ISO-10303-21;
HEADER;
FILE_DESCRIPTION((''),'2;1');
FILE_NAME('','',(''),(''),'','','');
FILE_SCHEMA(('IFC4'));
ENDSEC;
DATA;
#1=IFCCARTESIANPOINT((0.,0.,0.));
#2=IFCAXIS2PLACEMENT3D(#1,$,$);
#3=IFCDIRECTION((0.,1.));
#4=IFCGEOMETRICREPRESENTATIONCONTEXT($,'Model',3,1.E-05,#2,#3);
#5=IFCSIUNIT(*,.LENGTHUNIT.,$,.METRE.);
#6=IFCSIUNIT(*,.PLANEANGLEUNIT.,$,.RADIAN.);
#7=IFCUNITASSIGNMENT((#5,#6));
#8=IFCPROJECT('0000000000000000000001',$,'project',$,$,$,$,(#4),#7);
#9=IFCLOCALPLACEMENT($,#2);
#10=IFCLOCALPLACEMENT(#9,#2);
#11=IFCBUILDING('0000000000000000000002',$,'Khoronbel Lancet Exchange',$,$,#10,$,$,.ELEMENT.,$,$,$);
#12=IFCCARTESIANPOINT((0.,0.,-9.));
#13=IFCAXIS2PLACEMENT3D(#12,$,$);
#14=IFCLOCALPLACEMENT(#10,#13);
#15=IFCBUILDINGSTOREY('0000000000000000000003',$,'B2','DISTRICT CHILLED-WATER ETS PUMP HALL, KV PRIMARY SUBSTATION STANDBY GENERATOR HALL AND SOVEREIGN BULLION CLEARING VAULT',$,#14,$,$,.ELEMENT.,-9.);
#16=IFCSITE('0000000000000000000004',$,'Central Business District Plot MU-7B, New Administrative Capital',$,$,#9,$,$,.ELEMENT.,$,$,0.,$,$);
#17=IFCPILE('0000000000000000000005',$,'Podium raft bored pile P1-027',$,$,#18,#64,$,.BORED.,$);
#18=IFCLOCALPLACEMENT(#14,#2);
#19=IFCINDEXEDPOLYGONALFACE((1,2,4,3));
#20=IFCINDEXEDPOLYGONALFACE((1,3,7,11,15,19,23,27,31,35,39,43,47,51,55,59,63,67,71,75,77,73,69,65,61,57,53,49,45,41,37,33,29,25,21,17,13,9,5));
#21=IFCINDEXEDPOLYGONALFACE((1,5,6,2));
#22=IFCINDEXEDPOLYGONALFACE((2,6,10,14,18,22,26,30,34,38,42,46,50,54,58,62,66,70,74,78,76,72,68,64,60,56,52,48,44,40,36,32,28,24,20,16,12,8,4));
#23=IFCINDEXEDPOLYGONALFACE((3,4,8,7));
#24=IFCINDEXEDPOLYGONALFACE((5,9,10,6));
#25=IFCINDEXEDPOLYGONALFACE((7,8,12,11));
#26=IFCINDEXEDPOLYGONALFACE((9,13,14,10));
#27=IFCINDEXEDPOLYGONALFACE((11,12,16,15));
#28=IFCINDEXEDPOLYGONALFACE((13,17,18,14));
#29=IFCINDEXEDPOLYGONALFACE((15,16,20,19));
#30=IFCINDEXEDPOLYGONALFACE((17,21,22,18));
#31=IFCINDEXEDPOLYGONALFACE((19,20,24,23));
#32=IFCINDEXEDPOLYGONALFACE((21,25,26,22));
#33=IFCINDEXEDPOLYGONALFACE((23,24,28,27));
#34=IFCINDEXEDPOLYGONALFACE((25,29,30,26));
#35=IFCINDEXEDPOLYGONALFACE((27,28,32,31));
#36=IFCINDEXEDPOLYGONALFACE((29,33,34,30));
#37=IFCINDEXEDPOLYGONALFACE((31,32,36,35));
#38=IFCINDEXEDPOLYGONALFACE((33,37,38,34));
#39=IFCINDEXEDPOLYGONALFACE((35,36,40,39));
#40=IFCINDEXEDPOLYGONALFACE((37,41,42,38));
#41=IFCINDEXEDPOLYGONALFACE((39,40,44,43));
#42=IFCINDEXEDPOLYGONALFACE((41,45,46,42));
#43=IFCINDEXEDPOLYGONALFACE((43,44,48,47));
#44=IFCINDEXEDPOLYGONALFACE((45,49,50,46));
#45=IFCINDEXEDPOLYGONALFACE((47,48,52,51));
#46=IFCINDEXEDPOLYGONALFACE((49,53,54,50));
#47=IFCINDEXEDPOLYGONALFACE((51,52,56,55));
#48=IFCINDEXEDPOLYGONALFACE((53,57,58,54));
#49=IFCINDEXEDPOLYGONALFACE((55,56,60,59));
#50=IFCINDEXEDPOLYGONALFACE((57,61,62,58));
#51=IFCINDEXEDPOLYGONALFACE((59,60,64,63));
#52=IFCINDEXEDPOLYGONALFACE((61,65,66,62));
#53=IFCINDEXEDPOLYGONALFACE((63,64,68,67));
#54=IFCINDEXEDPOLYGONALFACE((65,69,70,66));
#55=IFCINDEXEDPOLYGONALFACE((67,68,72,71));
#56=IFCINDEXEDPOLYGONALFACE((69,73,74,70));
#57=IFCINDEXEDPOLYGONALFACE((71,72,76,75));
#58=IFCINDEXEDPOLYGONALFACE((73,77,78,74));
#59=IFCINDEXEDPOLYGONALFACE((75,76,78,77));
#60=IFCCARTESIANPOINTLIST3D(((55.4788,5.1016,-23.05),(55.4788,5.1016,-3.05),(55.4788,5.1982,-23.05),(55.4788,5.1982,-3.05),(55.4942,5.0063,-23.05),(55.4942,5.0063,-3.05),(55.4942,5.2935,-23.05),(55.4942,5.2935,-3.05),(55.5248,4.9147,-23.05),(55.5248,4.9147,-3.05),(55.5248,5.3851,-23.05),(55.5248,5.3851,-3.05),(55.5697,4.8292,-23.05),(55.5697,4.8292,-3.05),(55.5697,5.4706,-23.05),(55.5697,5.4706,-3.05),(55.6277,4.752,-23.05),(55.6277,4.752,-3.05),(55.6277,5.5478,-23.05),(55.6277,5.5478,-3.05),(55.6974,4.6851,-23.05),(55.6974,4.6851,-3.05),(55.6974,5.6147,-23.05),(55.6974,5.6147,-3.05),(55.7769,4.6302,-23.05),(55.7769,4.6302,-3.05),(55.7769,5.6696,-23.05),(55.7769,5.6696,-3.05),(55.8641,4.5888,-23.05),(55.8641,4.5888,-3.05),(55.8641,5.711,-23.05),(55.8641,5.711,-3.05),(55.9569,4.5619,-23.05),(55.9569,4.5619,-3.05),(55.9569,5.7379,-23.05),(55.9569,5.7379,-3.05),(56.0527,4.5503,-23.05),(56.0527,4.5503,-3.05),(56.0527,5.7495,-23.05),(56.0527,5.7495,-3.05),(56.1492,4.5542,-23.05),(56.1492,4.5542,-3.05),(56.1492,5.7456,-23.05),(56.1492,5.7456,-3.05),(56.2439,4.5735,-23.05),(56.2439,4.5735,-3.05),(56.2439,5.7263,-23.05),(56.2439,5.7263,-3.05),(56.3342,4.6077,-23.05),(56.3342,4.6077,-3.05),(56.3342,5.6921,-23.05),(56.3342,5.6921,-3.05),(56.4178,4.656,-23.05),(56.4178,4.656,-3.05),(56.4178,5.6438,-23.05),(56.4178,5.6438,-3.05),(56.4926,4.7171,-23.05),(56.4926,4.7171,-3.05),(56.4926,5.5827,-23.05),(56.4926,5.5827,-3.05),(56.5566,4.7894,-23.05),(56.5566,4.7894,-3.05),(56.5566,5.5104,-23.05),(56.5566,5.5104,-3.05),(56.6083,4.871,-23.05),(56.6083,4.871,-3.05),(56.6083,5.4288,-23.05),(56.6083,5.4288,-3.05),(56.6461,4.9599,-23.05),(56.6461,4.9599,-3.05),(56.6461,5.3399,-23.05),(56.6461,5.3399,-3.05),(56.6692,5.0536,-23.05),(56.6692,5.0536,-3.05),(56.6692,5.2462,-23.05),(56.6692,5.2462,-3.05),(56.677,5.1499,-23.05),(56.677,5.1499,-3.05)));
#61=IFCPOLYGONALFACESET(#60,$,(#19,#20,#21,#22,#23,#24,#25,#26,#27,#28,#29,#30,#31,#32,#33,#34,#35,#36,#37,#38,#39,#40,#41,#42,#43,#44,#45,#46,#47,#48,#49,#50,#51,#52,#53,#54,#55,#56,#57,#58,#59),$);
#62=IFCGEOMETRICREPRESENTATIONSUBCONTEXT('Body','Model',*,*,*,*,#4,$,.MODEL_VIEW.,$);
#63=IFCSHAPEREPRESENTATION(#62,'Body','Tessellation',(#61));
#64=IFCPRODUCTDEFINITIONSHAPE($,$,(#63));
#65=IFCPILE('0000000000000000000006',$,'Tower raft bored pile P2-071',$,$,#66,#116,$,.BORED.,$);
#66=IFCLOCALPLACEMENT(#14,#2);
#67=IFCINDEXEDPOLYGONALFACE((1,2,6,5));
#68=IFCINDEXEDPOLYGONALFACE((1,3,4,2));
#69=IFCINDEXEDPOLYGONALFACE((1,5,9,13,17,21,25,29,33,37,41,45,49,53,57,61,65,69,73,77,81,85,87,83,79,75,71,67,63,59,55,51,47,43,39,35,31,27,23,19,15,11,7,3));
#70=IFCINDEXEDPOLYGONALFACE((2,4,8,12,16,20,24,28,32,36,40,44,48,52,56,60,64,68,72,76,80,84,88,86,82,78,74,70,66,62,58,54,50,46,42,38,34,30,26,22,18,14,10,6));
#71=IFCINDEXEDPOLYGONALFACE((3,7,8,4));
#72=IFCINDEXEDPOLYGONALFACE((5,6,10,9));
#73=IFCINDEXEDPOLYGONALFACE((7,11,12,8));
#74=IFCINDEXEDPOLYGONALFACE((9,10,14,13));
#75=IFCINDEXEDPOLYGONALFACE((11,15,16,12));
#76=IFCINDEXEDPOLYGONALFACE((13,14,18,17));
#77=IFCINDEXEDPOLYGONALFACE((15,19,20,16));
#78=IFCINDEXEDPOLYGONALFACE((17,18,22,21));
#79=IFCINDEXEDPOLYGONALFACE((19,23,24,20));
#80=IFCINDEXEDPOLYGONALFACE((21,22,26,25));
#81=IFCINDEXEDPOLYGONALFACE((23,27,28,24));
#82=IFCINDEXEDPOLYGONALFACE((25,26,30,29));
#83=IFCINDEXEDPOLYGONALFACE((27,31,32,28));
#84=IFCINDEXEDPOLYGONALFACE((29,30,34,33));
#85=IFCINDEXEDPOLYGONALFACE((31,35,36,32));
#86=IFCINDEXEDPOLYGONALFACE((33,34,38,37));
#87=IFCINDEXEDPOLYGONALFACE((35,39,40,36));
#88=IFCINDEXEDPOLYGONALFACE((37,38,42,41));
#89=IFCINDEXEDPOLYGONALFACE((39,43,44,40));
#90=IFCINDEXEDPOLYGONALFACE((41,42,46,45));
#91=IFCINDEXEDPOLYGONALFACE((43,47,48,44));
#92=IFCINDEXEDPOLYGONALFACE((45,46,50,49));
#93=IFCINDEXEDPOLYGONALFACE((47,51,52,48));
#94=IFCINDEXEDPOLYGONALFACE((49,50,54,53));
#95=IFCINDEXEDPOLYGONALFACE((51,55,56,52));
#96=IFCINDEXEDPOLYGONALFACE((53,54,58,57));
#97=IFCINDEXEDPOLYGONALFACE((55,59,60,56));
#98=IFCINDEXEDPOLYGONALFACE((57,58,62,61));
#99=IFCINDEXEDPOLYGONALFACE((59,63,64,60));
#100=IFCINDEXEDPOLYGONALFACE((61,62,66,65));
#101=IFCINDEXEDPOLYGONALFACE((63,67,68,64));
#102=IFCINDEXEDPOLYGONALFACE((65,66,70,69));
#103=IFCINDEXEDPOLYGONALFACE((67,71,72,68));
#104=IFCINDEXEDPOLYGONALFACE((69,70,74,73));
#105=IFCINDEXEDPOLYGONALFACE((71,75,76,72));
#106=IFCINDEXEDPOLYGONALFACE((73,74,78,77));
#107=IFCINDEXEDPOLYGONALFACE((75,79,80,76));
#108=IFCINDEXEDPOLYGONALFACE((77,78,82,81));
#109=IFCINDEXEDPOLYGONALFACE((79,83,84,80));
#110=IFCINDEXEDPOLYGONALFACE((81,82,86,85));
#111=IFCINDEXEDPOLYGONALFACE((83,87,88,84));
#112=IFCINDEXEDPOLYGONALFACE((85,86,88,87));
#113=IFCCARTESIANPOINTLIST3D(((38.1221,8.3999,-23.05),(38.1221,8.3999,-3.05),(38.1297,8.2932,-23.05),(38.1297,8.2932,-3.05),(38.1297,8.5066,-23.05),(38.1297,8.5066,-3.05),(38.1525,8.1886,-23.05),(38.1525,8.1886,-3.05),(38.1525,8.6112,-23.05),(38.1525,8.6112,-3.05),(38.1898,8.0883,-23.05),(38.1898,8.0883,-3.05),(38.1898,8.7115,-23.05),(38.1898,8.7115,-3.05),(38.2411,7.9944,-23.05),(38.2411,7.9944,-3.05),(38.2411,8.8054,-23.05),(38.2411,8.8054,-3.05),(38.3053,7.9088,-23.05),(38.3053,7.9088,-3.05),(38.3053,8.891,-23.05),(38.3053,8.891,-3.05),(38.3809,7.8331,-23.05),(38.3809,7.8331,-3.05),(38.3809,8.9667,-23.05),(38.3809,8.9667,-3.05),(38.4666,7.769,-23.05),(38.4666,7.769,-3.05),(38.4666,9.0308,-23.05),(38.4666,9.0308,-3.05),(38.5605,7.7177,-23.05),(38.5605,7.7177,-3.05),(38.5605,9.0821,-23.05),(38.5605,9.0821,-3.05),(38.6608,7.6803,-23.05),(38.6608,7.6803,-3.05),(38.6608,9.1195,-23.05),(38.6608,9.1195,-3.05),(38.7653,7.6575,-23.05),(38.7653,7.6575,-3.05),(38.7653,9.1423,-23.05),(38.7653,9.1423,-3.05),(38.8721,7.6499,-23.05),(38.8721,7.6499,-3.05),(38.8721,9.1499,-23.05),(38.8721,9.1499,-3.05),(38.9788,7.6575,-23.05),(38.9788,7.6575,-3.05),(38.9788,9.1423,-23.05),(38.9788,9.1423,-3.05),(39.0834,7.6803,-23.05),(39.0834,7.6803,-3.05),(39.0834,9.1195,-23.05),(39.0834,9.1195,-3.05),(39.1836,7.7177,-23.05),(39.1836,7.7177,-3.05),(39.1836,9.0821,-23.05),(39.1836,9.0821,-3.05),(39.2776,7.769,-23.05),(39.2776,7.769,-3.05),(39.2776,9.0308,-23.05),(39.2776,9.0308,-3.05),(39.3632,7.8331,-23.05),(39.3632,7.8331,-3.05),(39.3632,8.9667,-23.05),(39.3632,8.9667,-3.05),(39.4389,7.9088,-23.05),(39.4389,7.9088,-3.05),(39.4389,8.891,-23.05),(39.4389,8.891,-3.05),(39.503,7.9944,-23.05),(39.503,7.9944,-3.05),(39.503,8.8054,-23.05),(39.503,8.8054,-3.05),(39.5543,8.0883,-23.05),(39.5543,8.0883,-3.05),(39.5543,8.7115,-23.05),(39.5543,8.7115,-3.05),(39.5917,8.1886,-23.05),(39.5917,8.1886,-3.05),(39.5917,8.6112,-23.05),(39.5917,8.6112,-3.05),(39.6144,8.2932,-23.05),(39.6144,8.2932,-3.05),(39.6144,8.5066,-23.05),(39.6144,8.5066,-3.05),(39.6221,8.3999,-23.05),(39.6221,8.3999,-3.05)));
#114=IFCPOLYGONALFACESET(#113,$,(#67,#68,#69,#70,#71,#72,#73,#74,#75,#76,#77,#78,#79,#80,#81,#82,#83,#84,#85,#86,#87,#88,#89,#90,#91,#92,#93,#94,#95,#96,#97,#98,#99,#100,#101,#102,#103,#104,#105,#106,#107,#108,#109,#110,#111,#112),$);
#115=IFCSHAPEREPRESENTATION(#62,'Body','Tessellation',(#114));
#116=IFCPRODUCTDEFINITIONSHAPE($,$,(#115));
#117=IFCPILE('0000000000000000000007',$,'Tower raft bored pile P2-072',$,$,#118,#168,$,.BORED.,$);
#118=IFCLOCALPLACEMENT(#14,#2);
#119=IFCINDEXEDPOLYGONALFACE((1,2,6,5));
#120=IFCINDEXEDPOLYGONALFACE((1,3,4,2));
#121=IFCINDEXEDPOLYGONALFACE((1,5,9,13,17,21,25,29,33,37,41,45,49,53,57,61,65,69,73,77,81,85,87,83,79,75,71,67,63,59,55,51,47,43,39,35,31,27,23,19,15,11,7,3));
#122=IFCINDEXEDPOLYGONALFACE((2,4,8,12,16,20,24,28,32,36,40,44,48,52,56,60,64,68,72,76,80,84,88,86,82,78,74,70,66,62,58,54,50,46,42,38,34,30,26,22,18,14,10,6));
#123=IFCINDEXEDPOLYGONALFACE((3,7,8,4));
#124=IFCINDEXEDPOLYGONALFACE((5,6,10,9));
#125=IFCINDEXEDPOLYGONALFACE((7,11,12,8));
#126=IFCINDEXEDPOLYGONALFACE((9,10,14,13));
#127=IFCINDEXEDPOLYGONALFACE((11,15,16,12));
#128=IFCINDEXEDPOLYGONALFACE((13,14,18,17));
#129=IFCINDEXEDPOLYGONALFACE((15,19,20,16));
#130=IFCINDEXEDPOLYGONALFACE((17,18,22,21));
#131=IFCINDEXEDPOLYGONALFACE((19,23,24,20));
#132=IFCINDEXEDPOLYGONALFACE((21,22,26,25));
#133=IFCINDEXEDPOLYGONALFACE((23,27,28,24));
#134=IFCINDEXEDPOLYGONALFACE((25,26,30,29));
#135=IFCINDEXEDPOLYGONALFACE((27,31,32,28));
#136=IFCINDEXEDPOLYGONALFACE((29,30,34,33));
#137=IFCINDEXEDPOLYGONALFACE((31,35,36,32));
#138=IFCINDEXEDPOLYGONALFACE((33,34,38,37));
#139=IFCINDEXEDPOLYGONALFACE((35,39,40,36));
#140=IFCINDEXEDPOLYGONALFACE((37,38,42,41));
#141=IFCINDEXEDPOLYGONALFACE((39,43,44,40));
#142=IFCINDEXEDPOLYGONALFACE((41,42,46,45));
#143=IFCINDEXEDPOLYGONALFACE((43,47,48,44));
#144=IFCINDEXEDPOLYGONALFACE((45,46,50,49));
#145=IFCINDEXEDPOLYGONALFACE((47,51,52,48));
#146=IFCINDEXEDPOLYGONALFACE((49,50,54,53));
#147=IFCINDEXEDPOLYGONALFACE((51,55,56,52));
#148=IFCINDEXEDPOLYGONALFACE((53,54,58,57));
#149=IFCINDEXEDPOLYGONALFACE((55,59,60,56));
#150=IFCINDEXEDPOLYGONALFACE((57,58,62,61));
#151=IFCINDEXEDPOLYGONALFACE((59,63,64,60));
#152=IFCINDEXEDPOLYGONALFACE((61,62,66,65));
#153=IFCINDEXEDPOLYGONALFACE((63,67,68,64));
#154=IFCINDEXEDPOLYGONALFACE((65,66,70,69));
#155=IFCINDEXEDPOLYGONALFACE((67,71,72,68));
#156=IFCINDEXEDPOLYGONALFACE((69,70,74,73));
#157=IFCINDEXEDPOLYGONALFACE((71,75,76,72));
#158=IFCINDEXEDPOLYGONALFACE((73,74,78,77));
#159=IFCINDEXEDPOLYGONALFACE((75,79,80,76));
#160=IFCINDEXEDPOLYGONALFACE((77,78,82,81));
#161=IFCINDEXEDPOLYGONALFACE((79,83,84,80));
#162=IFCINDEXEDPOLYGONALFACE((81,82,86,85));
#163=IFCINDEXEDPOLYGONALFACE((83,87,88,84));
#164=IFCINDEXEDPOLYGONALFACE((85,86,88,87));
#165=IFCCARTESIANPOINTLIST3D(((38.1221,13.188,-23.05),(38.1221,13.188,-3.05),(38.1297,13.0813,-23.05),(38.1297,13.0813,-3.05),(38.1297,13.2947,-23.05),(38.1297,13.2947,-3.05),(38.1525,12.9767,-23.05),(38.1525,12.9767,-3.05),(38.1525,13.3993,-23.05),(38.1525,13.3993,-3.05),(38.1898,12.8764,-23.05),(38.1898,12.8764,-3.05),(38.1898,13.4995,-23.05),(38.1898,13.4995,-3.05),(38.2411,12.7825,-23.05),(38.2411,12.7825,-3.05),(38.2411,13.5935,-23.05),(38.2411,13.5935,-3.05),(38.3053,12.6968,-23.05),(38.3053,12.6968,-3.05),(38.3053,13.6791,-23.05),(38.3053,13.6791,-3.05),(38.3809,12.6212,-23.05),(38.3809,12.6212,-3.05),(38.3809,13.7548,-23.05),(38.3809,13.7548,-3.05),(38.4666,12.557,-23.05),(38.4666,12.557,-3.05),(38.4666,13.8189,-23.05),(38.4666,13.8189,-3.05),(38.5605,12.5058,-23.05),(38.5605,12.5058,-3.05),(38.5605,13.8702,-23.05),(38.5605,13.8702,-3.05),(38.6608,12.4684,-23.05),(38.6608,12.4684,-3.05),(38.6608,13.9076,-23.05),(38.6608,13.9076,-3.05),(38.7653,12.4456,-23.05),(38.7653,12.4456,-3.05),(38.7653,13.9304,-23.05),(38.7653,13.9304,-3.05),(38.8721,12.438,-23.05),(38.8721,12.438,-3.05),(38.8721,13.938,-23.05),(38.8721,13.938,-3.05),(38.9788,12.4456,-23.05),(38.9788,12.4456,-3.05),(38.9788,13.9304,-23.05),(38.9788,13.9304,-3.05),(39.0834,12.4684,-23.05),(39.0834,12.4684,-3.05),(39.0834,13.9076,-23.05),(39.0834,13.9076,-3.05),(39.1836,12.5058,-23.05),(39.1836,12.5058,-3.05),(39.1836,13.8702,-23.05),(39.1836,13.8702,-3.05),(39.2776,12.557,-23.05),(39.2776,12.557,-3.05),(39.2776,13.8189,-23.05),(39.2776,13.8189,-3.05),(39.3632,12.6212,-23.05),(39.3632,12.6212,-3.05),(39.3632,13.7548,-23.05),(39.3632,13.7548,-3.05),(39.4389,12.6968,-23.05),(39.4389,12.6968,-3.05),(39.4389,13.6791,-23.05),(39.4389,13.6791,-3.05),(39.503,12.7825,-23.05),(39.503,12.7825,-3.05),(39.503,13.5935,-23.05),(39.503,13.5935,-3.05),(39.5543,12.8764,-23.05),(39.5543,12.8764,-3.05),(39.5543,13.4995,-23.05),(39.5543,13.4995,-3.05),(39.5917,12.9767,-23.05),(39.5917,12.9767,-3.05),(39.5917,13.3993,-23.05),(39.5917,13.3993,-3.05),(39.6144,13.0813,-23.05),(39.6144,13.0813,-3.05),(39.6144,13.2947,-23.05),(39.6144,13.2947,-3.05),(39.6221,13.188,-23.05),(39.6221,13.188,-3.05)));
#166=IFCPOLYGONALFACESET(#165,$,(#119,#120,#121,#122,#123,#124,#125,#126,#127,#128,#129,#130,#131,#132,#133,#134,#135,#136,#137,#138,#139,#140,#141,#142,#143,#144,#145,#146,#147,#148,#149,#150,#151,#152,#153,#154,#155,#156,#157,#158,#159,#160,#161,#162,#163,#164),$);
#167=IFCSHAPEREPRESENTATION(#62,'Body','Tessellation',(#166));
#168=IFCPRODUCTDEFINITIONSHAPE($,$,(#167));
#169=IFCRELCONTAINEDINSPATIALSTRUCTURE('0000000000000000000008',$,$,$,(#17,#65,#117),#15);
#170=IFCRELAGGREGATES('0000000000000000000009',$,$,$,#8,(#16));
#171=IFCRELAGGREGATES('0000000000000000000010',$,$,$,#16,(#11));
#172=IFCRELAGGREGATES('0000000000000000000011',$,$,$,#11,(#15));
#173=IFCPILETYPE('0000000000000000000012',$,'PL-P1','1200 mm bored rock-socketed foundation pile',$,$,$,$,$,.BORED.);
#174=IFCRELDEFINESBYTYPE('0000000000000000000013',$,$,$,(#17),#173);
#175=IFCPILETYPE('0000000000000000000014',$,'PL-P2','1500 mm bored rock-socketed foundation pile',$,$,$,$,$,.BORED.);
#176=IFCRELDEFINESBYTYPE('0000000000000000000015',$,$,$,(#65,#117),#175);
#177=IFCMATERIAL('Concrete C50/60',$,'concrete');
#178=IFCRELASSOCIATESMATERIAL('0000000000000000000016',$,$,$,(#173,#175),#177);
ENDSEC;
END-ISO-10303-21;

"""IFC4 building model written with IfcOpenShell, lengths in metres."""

from ifc_helpers import new_model, si_unit, direction, frame, origin, origin_2d, place, context, subcontext, project, spatial, circle, extrude, material, material_profile, profile_set, type_object, element, save


model = new_model("IFC4")

# Units and contexts
model_context = context("Model", 3, precision=1e-05, world=origin(), true_north=direction((0.0, 1.0)))
body_context = subcontext(model_context, "Body", "Model", "MODEL_VIEW")
ifc_project = project(units=[si_unit("LENGTHUNIT", "METRE"), si_unit("PLANEANGLEUNIT", "RADIAN")], contexts=[model_context])

# Site, building, storey
site_placement = place(None, origin())
site = spatial("IfcSite", under=ifc_project, at=site_placement, Name="Central Business District Plot MU-7B, New Administrative Capital", CompositionType="ELEMENT", RefElevation=0.0)
building_placement = place(site_placement, origin())
building = spatial("IfcBuilding", under=site, at=building_placement, Name="Khoronbel Lancet Exchange", CompositionType="ELEMENT")
storey_placement = place(building_placement, frame((0.0, 0.0, -9.0)))
storey = spatial("IfcBuildingStorey", under=building, at=storey_placement, Name="B2", Description="DISTRICT CHILLED-WATER ETS PUMP HALL, KV PRIMARY SUBSTATION STANDBY GENERATOR HALL AND SOVEREIGN BULLION CLEARING VAULT", CompositionType="ELEMENT", Elevation=-9.0)

# Piles
ifc_material_1 = material(Name="Concrete C50/60", Category="concrete")
ifc_material_profile_1 = material_profile(ifc_material_1, circle(Radius=0.6001, at=origin_2d()), Name="BORED PILE D1200")
ifc_profile_set_1 = profile_set([ifc_material_profile_1], Name="Concrete C50/60")
pile_type_1 = type_object("IfcPileType", Name="PL-P1", Description="1200 mm bored rock-socketed foundation pile", PredefinedType="BORED", material=ifc_profile_set_1)
for number, where, z_axis, x_axis, name in (
    (1, (56.0769, 5.1499, -3.05), (0.0, 0.0, -1.0), (1.0, 0.0, 0.0), "Podium raft bored pile P1-027"),
):
    element("IfcPile", number, at=place(storey_placement, frame(where, z_axis=z_axis, x_axis=x_axis)), inside=storey, type_object=pile_type_1, Name=name, PredefinedType="BORED", context=body_context, shape_type="SweptSolid", body=[
        extrude(circle(Radius=0.6001, at=origin_2d()), origin(), (0.0, 0.0, 1.0), 20.0),
    ])
ifc_material_profile_2 = material_profile(ifc_material_1, circle(Radius=0.75, at=origin_2d()), Name="BORED PILE D1500")
ifc_profile_set_2 = profile_set([ifc_material_profile_2], Name="Concrete C50/60")
pile_type_2 = type_object("IfcPileType", Name="PL-P2", Description="1500 mm bored rock-socketed foundation pile", PredefinedType="BORED", material=ifc_profile_set_2)
for number, where, z_axis, x_axis, name in (
    (2, (38.8721, 8.3999, -3.05), (0.0, 0.0, -1.0), (1.0, 0.0, 0.0), "Tower raft bored pile P2-071"),
    (3, (38.8721, 13.188, -3.05), (0.0, 0.0, -1.0), (1.0, 0.0, 0.0), "Tower raft bored pile P2-072"),
):
    element("IfcPile", number, at=place(storey_placement, frame(where, z_axis=z_axis, x_axis=x_axis)), inside=storey, type_object=pile_type_2, Name=name, PredefinedType="BORED", context=body_context, shape_type="SweptSolid", body=[
        extrude(circle(Radius=0.75, at=origin_2d()), origin(), (0.0, 0.0, 1.0), 20.0),
    ])

save(model, "model.ifc")
